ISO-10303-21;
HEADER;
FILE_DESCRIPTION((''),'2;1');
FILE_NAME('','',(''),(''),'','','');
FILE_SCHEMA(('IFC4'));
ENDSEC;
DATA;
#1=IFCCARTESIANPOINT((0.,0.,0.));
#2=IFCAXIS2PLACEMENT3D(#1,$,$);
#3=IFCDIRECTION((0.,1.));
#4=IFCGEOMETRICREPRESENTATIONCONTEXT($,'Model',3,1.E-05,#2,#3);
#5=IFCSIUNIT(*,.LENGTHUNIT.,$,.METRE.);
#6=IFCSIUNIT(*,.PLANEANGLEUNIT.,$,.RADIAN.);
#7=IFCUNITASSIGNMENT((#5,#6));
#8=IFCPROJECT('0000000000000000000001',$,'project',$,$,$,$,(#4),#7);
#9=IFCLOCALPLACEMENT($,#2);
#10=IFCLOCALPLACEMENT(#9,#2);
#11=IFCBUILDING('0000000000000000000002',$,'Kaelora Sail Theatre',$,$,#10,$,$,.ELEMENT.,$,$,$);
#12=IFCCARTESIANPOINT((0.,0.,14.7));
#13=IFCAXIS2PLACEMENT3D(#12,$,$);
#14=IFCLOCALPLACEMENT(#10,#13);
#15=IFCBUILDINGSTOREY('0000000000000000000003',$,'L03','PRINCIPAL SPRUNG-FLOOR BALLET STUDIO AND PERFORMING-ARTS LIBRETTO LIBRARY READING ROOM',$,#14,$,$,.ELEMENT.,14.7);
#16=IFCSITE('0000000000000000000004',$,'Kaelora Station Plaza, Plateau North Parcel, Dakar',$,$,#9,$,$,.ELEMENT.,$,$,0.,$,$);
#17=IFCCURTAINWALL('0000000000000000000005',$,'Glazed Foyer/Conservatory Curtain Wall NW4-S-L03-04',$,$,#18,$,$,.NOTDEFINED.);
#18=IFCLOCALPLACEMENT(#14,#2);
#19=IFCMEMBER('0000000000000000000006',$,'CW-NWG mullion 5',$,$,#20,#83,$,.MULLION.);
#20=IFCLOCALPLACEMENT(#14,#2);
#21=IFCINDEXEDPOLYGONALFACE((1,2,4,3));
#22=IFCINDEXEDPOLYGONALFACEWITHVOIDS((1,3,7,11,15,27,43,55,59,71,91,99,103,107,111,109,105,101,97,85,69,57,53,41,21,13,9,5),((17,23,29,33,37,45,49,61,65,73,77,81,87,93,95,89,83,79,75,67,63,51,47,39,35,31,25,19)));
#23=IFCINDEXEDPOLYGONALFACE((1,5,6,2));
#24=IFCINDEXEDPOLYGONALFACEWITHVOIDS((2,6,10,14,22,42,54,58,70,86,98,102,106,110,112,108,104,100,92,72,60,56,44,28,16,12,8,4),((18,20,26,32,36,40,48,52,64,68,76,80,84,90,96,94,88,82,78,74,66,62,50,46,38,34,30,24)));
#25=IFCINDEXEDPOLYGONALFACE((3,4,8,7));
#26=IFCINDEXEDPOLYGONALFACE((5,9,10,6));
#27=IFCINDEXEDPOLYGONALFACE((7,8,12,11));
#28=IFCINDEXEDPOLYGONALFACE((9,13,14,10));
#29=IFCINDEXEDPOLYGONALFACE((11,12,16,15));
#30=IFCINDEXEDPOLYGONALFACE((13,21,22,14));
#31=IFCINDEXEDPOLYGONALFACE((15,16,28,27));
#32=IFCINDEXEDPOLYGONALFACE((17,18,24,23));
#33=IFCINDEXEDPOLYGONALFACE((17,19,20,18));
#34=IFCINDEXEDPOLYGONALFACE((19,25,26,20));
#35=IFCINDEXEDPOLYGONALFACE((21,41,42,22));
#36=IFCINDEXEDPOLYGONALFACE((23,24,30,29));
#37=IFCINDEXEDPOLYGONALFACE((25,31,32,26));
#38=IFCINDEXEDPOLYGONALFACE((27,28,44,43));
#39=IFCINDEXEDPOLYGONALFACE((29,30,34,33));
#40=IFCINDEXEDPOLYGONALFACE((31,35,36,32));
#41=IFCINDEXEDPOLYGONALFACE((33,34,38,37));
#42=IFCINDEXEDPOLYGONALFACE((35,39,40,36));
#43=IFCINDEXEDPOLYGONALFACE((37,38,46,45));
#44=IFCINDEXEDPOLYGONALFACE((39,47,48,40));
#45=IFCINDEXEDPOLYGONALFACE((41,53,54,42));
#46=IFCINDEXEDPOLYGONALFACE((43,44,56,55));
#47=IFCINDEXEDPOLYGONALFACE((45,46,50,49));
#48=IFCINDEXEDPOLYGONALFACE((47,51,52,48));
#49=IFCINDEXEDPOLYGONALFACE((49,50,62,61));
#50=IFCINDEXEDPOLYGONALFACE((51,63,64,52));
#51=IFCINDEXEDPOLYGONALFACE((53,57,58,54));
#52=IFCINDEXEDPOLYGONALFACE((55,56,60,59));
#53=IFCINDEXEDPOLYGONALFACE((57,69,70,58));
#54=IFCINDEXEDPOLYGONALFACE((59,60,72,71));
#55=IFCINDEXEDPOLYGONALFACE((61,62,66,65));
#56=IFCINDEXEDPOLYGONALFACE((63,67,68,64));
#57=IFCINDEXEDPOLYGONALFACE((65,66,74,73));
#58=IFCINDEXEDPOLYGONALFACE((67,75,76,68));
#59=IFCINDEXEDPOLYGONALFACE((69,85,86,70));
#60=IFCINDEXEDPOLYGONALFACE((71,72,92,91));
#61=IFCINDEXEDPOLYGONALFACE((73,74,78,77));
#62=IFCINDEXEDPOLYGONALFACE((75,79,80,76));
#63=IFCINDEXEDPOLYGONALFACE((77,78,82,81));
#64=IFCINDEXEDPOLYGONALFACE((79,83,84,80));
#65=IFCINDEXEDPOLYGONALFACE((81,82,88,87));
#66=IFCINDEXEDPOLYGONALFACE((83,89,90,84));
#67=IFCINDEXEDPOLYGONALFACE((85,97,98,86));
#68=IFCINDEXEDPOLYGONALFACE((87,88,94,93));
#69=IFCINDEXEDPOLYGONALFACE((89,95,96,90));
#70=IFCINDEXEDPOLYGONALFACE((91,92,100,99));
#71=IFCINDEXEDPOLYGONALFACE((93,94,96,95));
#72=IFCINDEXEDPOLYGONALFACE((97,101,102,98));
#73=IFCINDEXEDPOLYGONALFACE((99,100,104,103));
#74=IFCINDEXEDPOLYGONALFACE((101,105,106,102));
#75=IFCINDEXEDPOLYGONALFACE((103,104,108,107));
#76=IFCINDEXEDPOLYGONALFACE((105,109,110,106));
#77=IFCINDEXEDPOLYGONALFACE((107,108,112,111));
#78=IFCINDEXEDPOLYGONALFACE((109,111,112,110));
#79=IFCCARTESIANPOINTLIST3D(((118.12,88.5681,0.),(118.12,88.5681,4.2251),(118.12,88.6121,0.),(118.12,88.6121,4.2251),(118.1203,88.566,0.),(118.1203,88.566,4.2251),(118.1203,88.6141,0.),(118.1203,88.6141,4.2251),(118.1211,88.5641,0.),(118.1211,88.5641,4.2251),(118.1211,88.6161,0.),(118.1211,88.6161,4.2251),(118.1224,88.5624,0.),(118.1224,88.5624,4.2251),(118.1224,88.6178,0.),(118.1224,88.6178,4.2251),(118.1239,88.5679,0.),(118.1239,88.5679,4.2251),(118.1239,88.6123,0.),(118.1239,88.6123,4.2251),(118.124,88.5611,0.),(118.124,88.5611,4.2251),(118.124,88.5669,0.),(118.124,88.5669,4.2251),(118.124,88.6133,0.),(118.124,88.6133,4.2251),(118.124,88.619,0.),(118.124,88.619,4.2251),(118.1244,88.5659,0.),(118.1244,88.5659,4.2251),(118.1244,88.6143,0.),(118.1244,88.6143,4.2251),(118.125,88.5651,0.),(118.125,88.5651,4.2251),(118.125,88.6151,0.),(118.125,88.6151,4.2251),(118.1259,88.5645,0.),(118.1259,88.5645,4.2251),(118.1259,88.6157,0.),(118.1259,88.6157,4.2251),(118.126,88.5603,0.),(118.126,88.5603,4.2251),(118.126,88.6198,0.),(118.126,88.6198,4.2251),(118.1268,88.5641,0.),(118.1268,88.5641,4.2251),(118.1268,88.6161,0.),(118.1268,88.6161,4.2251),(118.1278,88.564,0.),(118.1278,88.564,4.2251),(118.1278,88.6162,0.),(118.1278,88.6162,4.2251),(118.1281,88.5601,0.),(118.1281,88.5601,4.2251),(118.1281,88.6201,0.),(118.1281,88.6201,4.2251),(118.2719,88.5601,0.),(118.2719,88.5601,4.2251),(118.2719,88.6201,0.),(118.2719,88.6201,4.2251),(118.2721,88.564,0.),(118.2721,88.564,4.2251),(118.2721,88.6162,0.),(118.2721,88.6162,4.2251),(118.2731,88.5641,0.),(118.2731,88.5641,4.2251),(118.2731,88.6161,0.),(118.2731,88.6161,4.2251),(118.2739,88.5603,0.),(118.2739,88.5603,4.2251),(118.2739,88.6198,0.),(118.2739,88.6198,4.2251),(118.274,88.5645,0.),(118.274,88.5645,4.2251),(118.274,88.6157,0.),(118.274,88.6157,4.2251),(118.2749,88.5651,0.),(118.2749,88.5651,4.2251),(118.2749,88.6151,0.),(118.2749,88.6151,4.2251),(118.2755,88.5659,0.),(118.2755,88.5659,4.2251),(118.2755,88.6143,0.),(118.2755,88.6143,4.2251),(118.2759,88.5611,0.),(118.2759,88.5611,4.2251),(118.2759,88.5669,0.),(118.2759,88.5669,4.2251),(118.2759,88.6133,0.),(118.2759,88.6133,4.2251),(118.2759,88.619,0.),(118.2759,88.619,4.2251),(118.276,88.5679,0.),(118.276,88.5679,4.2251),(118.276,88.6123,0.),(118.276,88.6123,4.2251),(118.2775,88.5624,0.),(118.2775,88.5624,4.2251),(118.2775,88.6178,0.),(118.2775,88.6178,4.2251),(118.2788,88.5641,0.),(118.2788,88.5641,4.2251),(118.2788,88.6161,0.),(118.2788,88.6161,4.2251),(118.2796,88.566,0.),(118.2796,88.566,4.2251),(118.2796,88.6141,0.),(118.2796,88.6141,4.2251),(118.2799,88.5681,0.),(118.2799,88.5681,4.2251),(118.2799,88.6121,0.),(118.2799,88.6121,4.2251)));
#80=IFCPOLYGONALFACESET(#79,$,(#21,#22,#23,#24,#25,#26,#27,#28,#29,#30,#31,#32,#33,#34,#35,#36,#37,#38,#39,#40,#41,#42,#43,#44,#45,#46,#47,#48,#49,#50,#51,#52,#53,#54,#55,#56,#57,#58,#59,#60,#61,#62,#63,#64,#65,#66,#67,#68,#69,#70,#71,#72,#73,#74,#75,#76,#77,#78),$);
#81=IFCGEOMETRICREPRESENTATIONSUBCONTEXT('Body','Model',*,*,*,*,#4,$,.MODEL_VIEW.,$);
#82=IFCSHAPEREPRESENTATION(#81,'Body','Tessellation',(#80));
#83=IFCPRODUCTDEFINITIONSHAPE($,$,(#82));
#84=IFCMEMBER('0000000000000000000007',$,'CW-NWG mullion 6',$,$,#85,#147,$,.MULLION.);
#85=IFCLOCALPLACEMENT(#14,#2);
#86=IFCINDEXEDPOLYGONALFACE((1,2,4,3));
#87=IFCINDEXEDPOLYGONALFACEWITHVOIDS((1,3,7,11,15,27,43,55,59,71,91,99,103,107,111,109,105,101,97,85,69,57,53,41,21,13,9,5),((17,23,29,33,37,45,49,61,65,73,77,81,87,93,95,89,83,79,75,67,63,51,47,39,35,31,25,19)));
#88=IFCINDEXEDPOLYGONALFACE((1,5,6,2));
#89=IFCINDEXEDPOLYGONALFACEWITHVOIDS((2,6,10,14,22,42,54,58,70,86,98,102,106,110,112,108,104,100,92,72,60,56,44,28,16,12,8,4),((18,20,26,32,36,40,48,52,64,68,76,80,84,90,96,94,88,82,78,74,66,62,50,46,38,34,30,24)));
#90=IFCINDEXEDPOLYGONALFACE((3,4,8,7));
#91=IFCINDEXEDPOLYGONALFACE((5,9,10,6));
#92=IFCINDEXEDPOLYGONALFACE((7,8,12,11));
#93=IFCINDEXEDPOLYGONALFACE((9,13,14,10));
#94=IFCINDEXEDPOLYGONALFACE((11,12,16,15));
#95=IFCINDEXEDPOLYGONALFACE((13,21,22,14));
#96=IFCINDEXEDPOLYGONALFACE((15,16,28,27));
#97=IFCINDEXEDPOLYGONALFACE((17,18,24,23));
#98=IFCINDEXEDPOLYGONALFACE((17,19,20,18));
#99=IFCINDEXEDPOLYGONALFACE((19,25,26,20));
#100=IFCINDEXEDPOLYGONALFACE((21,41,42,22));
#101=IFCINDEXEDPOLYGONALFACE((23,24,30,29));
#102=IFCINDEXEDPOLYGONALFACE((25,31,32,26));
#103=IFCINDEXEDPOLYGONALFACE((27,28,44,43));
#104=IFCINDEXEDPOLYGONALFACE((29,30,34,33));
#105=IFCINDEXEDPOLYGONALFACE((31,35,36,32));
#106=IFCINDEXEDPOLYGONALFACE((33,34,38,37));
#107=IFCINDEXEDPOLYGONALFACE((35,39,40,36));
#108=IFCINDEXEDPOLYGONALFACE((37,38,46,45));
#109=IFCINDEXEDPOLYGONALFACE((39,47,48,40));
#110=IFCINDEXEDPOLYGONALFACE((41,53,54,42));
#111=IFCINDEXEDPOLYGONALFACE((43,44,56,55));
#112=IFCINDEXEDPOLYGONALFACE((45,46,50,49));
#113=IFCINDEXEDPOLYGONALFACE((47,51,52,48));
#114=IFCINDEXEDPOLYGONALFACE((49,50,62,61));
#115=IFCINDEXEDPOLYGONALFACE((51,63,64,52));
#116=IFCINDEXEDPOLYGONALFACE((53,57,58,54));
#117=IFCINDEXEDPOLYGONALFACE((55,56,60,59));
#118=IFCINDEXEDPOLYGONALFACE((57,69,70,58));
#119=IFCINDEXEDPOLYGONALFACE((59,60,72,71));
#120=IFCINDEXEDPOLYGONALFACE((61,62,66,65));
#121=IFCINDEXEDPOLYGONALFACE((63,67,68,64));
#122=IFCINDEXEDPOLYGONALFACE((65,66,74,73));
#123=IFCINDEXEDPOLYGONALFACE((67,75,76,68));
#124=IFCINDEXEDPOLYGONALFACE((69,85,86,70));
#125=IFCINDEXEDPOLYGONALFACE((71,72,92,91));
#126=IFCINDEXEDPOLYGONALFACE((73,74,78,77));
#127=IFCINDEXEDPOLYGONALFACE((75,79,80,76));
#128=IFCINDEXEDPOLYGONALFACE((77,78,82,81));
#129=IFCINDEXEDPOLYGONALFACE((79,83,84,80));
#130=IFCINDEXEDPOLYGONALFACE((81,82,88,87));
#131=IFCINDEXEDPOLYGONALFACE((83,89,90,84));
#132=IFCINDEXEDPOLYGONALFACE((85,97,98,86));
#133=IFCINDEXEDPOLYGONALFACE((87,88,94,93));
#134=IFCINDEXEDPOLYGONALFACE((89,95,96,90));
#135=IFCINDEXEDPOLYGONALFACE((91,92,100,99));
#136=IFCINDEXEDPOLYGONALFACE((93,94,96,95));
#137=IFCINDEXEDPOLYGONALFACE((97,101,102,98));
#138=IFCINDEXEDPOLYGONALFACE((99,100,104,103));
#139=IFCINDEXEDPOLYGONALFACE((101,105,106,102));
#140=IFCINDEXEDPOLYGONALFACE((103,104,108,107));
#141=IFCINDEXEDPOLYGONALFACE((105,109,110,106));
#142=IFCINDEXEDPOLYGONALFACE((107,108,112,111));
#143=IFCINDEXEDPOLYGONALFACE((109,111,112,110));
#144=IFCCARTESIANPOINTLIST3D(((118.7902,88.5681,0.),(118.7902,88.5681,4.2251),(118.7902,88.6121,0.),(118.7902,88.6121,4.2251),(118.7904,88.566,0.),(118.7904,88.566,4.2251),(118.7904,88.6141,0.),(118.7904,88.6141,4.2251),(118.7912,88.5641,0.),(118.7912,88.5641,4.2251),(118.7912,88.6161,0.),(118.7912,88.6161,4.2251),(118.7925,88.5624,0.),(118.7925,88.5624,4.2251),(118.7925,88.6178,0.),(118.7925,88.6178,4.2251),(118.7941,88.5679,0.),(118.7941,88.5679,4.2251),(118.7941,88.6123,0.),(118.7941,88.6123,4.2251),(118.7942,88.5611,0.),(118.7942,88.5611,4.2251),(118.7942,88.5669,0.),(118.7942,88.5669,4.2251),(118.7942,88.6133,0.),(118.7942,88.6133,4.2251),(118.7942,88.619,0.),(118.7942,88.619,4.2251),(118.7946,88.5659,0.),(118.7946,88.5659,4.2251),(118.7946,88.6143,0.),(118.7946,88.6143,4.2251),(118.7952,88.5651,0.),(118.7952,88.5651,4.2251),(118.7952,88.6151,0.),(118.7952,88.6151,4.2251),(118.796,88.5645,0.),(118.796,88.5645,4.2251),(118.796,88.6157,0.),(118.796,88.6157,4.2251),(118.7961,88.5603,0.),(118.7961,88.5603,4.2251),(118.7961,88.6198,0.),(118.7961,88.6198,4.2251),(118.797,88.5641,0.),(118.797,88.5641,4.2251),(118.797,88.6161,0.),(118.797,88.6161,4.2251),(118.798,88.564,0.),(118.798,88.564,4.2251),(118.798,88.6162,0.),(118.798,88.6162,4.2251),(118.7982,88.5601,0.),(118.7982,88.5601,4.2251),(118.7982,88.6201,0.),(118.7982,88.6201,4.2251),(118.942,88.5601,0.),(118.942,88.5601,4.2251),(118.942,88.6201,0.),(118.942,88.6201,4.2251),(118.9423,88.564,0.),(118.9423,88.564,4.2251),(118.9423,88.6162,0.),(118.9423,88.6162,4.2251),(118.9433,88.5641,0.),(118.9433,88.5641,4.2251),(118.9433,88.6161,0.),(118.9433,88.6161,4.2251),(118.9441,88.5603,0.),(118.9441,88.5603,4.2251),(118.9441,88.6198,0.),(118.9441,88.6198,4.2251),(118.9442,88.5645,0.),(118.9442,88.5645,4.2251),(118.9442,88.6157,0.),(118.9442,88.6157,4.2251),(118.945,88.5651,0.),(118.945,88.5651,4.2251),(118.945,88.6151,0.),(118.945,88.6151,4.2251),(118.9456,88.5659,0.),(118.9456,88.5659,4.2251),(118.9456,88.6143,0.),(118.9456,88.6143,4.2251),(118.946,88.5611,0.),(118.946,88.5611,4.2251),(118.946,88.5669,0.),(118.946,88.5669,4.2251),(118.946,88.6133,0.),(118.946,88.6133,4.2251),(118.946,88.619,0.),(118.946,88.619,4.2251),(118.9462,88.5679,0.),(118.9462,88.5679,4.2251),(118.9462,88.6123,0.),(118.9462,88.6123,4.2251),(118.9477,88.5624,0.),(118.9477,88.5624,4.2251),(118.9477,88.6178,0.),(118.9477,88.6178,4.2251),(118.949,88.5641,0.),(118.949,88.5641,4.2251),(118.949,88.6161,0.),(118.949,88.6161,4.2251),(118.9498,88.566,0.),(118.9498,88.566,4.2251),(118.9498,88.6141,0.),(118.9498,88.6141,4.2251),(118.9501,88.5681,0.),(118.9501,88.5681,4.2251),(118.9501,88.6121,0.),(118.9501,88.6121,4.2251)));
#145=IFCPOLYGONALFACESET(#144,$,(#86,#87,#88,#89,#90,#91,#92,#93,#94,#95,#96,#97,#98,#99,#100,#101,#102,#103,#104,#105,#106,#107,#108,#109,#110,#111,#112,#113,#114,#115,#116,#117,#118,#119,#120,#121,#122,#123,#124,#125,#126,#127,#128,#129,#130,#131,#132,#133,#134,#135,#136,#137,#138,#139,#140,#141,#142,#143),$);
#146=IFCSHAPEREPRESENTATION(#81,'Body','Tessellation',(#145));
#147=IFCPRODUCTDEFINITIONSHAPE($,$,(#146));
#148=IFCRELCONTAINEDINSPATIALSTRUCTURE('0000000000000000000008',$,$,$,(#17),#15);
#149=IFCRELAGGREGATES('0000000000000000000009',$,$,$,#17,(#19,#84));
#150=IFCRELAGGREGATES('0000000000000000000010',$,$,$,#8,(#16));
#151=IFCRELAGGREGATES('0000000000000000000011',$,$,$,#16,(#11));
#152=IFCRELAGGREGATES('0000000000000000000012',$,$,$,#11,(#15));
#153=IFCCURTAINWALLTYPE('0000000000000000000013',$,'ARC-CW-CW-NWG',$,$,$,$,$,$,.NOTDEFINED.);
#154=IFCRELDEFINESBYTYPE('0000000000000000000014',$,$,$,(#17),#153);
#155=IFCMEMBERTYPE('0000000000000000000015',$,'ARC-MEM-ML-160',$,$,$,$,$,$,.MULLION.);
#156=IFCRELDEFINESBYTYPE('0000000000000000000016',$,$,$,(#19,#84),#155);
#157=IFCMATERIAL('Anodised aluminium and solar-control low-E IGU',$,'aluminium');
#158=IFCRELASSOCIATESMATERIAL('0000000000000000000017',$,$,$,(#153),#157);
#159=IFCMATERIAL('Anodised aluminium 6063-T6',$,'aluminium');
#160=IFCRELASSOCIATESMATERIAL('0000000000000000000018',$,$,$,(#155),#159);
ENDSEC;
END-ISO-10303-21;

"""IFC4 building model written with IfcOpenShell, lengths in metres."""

from ifc_helpers import new_model, si_unit, direction, frame, origin, origin_2d, place, context, subcontext, project, spatial, hollow_rectangle, extrude, material, material_profile, profile_set, type_object, element, aggregate, save


model = new_model("IFC4")

# Units and contexts
model_context = context("Model", 3, precision=1e-05, world=origin(), true_north=direction((0.0, 1.0)))
body_context = subcontext(model_context, "Body", "Model", "MODEL_VIEW")
ifc_project = project(units=[si_unit("LENGTHUNIT", "METRE"), si_unit("PLANEANGLEUNIT", "RADIAN")], contexts=[model_context])

# Site, building, storey
site_placement = place(None, origin())
site = spatial("IfcSite", under=ifc_project, at=site_placement, Name="Kaelora Station Plaza, Plateau North Parcel, Dakar", CompositionType="ELEMENT", RefElevation=0.0)
building_placement = place(site_placement, origin())
building = spatial("IfcBuilding", under=site, at=building_placement, Name="Kaelora Sail Theatre", CompositionType="ELEMENT")
storey_placement = place(building_placement, frame((0.0, 0.0, 14.7)))
storey = spatial("IfcBuildingStorey", under=building, at=storey_placement, Name="L03", Description="PRINCIPAL SPRUNG-FLOOR BALLET STUDIO AND PERFORMING-ARTS LIBRETTO LIBRARY READING ROOM", CompositionType="ELEMENT", Elevation=14.7)

# Curtain wall, members
ifc_material_1 = material(Name="Anodised aluminium and solar-control low-E IGU", Category="aluminium")
curtain_wall_type = type_object("IfcCurtainWallType", Name="ARC-CW-CW-NWG", PredefinedType="NOTDEFINED", material=ifc_material_1)
curtain_wall_1_placement = place(storey_placement, origin())
curtain_wall_1 = element("IfcCurtainWall", 1, at=curtain_wall_1_placement, inside=storey, type_object=curtain_wall_type, Name="Glazed Foyer/Conservatory Curtain Wall NW4-S-L03-04", PredefinedType="NOTDEFINED")
ifc_material_2 = material(Name="Anodised aluminium 6063-T6", Category="aluminium")
ifc_material_profile_1 = material_profile(ifc_material_2, hollow_rectangle(XDim=0.0601, YDim=0.1599, WallThickness=0.0039, InnerFilletRadius=0.0039, OuterFilletRadius=0.0081, at=origin_2d()), Name="ALU-MULL 60x160x4")
ifc_profile_set_1 = profile_set([ifc_material_profile_1], Name="Anodised aluminium 6063-T6")
member_type_1 = type_object("IfcMemberType", Name="ARC-MEM-ML-160", PredefinedType="MULLION", material=ifc_profile_set_1)
member_1_placement = place(storey_placement, frame((118.2, 88.5901, 0.0), z_axis=(0.0, 0.0, 1.0), x_axis=(0.0, 1.0, 0.0)))
member_1 = element("IfcMember", 2, at=member_1_placement, type_object=member_type_1, Name="CW-NWG mullion 5", PredefinedType="MULLION", context=body_context, shape_type="SweptSolid", body=[
    extrude(hollow_rectangle(XDim=0.0601, YDim=0.1599, WallThickness=0.0039, InnerFilletRadius=0.0039, OuterFilletRadius=0.0081, at=origin_2d()), origin(), (0.0, 0.0, 1.0), 4.2251),
])
member_2_placement = place(storey_placement, frame((118.8701, 88.5901, 0.0), z_axis=(0.0, 0.0, 1.0), x_axis=(0.0, 1.0, 0.0)))
member_2 = element("IfcMember", 3, at=member_2_placement, type_object=member_type_1, Name="CW-NWG mullion 6", PredefinedType="MULLION", context=body_context, shape_type="SweptSolid", body=[
    extrude(hollow_rectangle(XDim=0.0601, YDim=0.1599, WallThickness=0.0039, InnerFilletRadius=0.0039, OuterFilletRadius=0.0081, at=origin_2d()), origin(), (0.0, 0.0, 1.0), 4.2251),
])

aggregate(curtain_wall_1, [member_1, member_2])

save(model, "model.ifc")
